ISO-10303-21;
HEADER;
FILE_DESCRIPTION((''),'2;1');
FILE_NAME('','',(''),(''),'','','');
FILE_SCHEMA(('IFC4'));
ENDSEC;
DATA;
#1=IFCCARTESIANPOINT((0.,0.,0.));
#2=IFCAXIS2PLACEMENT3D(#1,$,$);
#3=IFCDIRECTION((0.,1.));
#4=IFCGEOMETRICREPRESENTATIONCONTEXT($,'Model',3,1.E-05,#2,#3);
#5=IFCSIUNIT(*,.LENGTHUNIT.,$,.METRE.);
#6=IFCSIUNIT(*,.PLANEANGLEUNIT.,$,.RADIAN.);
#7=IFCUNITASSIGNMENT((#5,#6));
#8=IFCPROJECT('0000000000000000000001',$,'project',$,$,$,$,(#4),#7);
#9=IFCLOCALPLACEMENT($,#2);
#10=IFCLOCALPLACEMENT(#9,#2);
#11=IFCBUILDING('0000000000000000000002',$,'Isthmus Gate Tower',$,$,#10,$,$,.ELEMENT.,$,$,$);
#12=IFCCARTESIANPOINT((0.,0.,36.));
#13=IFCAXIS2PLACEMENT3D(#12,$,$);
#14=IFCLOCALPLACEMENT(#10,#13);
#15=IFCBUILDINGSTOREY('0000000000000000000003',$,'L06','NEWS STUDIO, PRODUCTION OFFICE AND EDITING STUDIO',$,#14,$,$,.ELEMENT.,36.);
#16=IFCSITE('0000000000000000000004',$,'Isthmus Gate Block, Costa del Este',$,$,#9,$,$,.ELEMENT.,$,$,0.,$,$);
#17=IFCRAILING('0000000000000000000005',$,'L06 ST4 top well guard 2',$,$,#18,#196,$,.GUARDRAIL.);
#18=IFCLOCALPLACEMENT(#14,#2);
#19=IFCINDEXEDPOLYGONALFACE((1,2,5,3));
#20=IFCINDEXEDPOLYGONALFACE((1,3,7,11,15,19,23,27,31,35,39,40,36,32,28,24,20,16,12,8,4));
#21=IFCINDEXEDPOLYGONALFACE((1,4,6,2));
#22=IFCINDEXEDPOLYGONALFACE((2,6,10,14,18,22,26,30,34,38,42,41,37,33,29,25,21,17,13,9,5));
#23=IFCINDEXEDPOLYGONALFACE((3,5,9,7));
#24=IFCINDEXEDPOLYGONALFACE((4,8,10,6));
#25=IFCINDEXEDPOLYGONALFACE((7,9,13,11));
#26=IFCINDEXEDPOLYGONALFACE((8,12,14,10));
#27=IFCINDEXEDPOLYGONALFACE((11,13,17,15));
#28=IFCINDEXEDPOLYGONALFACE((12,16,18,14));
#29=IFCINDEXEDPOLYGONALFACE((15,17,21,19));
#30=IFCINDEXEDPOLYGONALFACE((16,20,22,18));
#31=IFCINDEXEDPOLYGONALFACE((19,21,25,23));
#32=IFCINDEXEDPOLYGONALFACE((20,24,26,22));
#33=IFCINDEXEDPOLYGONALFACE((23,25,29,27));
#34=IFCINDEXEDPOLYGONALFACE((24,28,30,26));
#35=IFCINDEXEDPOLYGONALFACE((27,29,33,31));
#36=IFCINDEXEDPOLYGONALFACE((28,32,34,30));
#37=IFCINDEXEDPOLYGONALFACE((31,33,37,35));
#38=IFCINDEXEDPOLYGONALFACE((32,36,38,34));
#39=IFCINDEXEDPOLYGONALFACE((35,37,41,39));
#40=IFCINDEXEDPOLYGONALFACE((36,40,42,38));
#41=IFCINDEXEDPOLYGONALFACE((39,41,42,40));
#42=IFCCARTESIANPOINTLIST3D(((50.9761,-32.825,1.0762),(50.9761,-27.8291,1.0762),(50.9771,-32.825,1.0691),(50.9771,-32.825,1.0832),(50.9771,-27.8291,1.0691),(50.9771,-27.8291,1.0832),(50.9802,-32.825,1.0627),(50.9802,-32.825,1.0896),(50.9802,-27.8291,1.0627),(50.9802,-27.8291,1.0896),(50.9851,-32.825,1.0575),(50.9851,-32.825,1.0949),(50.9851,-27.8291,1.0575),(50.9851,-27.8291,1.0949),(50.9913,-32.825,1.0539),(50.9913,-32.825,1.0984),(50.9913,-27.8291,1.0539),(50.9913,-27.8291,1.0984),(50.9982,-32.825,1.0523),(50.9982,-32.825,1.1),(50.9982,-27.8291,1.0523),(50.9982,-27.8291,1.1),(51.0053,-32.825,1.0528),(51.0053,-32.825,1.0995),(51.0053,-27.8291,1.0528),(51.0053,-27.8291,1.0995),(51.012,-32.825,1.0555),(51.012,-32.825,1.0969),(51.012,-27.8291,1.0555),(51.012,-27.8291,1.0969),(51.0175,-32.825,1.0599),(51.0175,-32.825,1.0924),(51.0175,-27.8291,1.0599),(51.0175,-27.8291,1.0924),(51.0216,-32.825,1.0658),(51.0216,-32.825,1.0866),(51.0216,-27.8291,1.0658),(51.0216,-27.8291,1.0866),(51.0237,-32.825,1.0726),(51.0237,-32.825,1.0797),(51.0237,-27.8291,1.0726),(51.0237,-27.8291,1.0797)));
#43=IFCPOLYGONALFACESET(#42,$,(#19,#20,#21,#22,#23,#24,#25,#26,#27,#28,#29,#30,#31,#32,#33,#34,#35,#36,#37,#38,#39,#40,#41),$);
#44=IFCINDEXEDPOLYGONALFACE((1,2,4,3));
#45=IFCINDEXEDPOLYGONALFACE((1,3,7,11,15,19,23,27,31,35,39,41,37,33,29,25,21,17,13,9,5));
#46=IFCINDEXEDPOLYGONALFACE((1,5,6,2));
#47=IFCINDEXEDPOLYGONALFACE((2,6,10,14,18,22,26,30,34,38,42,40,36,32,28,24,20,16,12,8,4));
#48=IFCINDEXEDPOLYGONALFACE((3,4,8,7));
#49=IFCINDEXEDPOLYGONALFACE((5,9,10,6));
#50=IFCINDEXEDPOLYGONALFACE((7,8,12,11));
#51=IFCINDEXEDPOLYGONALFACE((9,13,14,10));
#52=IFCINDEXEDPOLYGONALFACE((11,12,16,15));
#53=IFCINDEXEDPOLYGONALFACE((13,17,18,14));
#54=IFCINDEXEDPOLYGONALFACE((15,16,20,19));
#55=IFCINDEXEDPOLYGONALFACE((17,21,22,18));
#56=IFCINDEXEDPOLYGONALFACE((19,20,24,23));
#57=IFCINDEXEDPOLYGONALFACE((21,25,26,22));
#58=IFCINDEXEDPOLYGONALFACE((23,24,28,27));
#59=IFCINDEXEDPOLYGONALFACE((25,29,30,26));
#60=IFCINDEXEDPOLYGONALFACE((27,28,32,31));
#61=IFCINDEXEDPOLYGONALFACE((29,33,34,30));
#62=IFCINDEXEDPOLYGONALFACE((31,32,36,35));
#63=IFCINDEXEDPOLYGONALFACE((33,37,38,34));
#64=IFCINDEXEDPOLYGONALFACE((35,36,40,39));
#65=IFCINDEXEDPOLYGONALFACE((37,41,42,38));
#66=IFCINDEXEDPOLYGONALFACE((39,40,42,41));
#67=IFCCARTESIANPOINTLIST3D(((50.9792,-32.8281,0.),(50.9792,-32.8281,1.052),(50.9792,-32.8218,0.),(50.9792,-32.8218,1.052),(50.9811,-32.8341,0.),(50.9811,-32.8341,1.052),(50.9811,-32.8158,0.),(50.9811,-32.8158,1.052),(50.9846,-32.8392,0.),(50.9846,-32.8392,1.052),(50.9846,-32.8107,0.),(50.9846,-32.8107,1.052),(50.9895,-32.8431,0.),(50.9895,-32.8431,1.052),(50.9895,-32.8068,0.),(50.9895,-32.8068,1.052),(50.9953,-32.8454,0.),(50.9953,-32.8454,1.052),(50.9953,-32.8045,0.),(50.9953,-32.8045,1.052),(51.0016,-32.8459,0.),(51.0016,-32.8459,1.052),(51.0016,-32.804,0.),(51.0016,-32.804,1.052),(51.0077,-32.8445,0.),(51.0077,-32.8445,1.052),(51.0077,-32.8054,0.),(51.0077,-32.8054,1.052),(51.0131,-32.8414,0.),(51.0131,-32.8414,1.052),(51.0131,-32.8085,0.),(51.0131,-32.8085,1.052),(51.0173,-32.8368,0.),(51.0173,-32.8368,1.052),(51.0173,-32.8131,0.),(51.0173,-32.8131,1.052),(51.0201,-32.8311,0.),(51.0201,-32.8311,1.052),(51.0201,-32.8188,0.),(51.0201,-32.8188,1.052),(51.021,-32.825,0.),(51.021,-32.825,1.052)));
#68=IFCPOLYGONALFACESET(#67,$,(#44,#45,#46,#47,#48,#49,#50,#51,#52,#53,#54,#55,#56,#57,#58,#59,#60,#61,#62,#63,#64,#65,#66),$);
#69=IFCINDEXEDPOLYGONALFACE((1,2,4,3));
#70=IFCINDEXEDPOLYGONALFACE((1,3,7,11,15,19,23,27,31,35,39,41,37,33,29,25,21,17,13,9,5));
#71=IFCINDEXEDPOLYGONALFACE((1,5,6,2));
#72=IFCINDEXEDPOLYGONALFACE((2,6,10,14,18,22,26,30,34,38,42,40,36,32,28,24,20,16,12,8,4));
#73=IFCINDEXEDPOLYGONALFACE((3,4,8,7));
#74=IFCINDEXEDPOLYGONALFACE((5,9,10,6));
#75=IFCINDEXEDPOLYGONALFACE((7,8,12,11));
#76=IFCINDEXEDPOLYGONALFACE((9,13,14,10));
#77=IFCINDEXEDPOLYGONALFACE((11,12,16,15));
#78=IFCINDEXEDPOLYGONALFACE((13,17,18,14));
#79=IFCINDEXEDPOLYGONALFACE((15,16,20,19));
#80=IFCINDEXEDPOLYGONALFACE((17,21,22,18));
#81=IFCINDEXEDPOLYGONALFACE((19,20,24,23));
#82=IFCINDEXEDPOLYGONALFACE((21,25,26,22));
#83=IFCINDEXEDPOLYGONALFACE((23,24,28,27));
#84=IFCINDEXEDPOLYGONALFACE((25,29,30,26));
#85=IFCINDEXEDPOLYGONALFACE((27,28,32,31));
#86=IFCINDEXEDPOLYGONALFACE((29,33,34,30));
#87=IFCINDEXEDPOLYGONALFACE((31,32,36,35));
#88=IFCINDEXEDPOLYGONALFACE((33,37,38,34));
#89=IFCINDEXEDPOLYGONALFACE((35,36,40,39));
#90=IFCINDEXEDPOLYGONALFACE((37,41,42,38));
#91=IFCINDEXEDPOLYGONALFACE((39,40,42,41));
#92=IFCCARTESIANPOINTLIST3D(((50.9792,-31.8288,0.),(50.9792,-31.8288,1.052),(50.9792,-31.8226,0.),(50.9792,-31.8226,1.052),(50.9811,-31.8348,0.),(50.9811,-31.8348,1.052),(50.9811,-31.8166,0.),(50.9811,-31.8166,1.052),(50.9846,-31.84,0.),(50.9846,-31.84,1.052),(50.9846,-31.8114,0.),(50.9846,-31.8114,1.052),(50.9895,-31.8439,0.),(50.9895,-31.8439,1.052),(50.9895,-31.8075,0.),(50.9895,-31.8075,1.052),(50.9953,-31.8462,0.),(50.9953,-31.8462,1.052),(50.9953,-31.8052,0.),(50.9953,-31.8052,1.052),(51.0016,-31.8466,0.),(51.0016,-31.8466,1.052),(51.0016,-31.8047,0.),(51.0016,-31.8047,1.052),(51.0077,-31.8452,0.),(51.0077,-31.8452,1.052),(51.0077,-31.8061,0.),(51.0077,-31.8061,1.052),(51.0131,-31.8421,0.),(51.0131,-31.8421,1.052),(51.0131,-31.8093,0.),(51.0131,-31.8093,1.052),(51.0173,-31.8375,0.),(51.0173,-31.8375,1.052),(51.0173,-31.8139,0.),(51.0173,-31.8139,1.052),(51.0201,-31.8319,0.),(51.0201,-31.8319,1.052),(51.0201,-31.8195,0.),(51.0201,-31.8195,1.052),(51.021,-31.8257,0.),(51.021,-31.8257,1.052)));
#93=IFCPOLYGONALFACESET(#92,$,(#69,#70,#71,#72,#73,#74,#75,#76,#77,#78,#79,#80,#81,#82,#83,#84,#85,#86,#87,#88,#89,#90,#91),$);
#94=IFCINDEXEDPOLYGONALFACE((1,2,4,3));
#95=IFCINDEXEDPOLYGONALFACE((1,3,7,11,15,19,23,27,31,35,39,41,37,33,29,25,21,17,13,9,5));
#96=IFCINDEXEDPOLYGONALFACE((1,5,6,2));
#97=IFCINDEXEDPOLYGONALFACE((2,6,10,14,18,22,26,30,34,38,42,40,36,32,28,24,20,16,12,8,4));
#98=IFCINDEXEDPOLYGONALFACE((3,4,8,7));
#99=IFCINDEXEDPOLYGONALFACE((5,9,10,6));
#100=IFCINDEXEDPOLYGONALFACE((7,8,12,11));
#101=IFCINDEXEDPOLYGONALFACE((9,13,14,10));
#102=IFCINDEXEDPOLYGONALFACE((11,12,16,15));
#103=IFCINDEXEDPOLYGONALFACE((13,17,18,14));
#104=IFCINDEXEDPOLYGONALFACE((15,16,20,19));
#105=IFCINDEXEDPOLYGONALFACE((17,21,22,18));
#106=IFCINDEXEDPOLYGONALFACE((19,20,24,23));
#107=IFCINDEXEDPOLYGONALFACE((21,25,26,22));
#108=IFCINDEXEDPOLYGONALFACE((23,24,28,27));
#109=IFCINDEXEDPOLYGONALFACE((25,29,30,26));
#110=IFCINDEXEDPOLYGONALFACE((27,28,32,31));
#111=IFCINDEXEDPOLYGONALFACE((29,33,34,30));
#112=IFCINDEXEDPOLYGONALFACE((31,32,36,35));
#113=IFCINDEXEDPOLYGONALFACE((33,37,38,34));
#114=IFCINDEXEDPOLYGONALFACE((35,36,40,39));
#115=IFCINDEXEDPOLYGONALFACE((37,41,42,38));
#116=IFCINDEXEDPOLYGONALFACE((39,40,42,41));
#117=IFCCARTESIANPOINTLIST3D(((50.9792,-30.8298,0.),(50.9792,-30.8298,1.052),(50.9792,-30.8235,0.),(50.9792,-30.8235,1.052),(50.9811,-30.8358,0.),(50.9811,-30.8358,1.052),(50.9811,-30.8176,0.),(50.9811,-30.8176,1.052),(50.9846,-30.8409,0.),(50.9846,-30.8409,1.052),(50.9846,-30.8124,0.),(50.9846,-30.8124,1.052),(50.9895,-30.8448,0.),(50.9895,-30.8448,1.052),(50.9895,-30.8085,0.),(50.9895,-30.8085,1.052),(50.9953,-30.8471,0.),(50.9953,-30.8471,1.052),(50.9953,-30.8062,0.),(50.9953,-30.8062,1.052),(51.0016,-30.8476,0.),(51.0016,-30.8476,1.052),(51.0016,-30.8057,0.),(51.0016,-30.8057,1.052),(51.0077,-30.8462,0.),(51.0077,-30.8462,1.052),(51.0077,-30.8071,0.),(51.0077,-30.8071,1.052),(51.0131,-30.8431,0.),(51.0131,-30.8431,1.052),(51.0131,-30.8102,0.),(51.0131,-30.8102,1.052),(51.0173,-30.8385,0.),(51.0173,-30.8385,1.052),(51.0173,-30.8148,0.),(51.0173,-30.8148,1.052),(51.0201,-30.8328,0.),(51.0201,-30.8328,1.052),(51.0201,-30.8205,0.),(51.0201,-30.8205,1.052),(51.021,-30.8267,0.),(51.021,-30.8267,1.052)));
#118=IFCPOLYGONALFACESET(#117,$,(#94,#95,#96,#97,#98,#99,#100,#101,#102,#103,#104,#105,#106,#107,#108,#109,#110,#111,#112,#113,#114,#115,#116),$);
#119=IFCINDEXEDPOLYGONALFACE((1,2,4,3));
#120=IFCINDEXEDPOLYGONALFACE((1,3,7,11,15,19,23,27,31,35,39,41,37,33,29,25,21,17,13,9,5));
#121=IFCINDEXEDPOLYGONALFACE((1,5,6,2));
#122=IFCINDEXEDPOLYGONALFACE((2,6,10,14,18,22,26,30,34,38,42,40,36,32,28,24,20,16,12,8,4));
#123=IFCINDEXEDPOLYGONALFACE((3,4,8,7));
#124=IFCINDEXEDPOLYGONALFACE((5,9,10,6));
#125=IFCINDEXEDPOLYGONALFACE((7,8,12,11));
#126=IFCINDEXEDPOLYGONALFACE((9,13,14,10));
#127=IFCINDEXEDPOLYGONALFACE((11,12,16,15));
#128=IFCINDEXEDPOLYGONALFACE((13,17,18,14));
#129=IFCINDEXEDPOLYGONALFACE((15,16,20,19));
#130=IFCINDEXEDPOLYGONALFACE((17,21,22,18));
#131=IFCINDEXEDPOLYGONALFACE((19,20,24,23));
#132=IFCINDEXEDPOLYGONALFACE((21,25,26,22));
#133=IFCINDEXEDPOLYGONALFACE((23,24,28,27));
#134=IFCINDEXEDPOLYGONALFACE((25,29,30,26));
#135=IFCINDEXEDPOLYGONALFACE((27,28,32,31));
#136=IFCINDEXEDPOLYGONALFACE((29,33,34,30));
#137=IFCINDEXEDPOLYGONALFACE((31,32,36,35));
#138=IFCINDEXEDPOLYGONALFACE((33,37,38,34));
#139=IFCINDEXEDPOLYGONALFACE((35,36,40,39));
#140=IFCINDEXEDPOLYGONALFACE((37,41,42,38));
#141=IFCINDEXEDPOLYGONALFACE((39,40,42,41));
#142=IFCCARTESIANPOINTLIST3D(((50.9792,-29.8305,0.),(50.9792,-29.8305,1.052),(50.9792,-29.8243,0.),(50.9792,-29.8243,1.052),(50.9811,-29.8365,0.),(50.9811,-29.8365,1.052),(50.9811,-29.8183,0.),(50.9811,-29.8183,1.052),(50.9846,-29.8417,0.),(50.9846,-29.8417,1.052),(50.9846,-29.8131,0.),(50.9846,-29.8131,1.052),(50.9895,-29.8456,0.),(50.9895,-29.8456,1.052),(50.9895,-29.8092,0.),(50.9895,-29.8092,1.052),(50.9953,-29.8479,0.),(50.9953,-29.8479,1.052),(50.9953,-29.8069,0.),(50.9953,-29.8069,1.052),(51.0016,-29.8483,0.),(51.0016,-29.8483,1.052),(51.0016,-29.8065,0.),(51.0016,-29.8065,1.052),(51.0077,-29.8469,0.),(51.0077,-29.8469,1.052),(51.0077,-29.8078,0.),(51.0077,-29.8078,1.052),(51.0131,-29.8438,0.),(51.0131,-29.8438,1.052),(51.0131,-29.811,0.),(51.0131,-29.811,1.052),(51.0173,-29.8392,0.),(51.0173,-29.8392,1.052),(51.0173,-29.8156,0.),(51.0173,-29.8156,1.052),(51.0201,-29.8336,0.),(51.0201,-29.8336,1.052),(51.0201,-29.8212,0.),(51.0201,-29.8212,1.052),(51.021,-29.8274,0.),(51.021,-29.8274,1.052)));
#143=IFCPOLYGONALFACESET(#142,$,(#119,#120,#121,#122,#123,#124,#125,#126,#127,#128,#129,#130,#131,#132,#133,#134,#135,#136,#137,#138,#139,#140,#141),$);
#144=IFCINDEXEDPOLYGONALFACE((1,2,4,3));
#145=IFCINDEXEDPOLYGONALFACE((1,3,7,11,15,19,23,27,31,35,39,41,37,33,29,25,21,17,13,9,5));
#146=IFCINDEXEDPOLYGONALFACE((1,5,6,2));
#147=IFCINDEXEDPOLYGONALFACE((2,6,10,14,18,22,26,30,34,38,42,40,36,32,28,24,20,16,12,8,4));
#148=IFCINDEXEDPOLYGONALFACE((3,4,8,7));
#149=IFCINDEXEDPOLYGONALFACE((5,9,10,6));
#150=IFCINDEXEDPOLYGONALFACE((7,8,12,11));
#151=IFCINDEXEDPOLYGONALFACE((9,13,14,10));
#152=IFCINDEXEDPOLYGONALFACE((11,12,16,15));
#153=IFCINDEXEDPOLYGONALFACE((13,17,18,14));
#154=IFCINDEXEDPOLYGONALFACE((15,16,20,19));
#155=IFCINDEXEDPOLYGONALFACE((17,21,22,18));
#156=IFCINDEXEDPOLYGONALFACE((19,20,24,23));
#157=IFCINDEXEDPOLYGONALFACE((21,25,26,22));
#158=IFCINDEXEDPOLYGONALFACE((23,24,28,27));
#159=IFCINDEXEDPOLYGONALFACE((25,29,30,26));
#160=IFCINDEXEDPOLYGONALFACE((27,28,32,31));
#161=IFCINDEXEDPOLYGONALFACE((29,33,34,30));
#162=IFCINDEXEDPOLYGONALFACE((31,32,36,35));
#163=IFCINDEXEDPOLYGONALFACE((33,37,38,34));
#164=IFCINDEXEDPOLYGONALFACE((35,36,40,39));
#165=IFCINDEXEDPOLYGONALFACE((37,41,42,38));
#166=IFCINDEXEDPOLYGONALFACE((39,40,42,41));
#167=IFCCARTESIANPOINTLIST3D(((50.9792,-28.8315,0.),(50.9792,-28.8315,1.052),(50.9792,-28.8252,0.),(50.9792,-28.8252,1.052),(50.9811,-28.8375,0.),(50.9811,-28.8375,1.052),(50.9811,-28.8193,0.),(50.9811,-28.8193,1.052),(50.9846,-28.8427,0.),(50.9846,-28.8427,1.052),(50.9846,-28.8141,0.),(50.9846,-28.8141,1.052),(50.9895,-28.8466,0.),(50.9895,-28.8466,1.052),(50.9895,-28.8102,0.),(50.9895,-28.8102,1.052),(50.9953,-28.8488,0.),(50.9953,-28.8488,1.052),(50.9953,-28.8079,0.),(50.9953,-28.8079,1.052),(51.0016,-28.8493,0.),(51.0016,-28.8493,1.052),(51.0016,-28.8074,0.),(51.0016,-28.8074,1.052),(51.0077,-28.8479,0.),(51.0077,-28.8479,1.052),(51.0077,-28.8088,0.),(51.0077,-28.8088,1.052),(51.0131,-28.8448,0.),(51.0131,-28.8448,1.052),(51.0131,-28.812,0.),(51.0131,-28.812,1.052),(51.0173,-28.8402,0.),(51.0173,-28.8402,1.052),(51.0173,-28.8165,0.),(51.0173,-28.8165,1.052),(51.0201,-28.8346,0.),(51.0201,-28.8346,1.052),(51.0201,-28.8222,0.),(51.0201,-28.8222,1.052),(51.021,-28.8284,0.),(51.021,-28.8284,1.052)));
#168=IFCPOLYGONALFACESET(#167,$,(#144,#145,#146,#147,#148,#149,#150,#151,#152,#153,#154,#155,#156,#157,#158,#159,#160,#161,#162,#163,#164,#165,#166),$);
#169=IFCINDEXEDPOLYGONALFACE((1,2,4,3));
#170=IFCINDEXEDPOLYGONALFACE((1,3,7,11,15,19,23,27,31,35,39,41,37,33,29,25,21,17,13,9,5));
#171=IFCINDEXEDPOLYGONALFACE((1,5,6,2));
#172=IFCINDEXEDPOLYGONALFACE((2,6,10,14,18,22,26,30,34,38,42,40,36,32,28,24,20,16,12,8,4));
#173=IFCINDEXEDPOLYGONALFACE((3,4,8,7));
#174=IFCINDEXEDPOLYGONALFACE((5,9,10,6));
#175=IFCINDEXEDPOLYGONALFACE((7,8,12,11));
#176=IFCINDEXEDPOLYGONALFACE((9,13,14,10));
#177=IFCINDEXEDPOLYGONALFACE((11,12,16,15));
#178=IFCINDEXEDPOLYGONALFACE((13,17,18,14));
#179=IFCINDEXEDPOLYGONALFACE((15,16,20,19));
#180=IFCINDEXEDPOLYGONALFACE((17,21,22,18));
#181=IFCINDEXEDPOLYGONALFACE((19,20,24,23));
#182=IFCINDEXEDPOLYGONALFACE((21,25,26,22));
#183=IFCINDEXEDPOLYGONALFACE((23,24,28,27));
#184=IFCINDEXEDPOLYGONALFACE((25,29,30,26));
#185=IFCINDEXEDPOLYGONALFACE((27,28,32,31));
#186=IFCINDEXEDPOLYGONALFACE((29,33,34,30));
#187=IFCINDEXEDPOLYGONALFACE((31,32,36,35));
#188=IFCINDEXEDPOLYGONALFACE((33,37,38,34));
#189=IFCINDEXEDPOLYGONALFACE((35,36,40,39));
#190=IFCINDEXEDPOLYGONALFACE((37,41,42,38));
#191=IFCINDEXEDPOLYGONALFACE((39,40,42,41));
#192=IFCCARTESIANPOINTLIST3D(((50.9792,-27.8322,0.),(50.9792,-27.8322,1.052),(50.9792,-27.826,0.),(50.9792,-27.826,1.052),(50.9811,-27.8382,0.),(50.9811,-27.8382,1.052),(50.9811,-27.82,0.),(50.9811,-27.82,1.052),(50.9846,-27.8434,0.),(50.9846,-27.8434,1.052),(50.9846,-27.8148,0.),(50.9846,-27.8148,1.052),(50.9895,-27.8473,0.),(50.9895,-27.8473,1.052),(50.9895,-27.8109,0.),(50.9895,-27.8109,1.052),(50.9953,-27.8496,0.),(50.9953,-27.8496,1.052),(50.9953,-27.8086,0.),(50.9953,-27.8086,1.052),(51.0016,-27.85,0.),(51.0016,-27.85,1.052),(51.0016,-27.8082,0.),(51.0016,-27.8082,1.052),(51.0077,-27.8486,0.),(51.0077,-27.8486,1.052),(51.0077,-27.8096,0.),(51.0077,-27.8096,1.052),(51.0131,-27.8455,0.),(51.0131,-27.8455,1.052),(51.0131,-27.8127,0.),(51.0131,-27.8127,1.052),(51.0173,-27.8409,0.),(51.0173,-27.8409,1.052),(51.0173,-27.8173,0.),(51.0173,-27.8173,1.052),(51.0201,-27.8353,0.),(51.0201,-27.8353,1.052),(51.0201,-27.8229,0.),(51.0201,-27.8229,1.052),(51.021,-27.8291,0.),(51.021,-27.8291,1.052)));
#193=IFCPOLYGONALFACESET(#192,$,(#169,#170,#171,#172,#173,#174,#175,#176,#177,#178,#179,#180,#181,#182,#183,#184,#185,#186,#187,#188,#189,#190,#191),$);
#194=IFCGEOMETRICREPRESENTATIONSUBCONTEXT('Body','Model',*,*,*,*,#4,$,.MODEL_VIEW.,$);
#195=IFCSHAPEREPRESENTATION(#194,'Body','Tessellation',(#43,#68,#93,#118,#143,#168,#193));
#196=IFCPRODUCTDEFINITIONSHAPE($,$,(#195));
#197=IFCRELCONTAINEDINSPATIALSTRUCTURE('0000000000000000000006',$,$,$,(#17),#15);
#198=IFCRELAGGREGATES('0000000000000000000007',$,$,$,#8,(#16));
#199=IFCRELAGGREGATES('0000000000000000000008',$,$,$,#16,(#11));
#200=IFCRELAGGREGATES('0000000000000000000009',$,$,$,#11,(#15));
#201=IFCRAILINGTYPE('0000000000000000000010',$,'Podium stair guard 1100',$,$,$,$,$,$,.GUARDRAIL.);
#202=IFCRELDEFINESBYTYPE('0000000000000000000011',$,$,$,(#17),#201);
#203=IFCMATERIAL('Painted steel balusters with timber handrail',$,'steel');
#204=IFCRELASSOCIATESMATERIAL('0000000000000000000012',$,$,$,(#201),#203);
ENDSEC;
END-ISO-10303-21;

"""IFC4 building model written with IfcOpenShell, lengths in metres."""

from ifc_helpers import new_model, si_unit, direction, frame, origin, origin_2d, place, context, subcontext, project, spatial, circle, extrude, material, type_object, element, save


model = new_model("IFC4")

# Units and contexts
model_context = context("Model", 3, precision=1e-05, world=origin(), true_north=direction((0.0, 1.0)))
body_context = subcontext(model_context, "Body", "Model", "MODEL_VIEW")
ifc_project = project(units=[si_unit("LENGTHUNIT", "METRE"), si_unit("PLANEANGLEUNIT", "RADIAN")], contexts=[model_context])

# Site, building, storey
site_placement = place(None, origin())
site = spatial("IfcSite", under=ifc_project, at=site_placement, Name="Isthmus Gate Block, Costa del Este", CompositionType="ELEMENT", RefElevation=0.0)
building_placement = place(site_placement, origin())
building = spatial("IfcBuilding", under=site, at=building_placement, Name="Isthmus Gate Tower", CompositionType="ELEMENT")
storey_placement = place(building_placement, frame((0.0, 0.0, 36.0)))
storey = spatial("IfcBuildingStorey", under=building, at=storey_placement, Name="L06", Description="NEWS STUDIO, PRODUCTION OFFICE AND EDITING STUDIO", CompositionType="ELEMENT", Elevation=36.0)

# Railing
ifc_material_1 = material(Name="Painted steel balusters with timber handrail", Category="steel")
railing_type_1 = type_object("IfcRailingType", Name="Podium stair guard 1100", PredefinedType="GUARDRAIL", material=ifc_material_1)
railing_1_placement = place(storey_placement, frame((51.0, -32.825, 0.0)))
element("IfcRailing", 1, at=railing_1_placement, inside=storey, type_object=railing_type_1, Name="L06 ST4 top well guard 2", PredefinedType="GUARDRAIL", context=body_context, shape_type="SweptSolid", body=[
    extrude(circle(Radius=0.0239, at=origin_2d()), frame((0.0, 0.0, 1.0762), z_axis=(0.0, 1.0, 0.0), x_axis=(-1.0, 0.0, 0.0)), (0.0, 0.0, 1.0), 4.9958),
    extrude(circle(Radius=0.021, at=origin_2d()), origin(), (0.0, 0.0, 1.0), 1.052),
    extrude(circle(Radius=0.021, at=origin_2d()), frame((0.0, 0.9993, 0.0)), (0.0, 0.0, 1.0), 1.052),
    extrude(circle(Radius=0.021, at=origin_2d()), frame((0.0, 1.9983, 0.0)), (0.0, 0.0, 1.0), 1.052),
    extrude(circle(Radius=0.021, at=origin_2d()), frame((0.0, 2.9976, 0.0)), (0.0, 0.0, 1.0), 1.052),
    extrude(circle(Radius=0.021, at=origin_2d()), frame((0.0, 3.9966, 0.0)), (0.0, 0.0, 1.0), 1.052),
    extrude(circle(Radius=0.021, at=origin_2d()), frame((0.0, 4.9958, 0.0)), (0.0, 0.0, 1.0), 1.052),
])

save(model, "model.ifc")
